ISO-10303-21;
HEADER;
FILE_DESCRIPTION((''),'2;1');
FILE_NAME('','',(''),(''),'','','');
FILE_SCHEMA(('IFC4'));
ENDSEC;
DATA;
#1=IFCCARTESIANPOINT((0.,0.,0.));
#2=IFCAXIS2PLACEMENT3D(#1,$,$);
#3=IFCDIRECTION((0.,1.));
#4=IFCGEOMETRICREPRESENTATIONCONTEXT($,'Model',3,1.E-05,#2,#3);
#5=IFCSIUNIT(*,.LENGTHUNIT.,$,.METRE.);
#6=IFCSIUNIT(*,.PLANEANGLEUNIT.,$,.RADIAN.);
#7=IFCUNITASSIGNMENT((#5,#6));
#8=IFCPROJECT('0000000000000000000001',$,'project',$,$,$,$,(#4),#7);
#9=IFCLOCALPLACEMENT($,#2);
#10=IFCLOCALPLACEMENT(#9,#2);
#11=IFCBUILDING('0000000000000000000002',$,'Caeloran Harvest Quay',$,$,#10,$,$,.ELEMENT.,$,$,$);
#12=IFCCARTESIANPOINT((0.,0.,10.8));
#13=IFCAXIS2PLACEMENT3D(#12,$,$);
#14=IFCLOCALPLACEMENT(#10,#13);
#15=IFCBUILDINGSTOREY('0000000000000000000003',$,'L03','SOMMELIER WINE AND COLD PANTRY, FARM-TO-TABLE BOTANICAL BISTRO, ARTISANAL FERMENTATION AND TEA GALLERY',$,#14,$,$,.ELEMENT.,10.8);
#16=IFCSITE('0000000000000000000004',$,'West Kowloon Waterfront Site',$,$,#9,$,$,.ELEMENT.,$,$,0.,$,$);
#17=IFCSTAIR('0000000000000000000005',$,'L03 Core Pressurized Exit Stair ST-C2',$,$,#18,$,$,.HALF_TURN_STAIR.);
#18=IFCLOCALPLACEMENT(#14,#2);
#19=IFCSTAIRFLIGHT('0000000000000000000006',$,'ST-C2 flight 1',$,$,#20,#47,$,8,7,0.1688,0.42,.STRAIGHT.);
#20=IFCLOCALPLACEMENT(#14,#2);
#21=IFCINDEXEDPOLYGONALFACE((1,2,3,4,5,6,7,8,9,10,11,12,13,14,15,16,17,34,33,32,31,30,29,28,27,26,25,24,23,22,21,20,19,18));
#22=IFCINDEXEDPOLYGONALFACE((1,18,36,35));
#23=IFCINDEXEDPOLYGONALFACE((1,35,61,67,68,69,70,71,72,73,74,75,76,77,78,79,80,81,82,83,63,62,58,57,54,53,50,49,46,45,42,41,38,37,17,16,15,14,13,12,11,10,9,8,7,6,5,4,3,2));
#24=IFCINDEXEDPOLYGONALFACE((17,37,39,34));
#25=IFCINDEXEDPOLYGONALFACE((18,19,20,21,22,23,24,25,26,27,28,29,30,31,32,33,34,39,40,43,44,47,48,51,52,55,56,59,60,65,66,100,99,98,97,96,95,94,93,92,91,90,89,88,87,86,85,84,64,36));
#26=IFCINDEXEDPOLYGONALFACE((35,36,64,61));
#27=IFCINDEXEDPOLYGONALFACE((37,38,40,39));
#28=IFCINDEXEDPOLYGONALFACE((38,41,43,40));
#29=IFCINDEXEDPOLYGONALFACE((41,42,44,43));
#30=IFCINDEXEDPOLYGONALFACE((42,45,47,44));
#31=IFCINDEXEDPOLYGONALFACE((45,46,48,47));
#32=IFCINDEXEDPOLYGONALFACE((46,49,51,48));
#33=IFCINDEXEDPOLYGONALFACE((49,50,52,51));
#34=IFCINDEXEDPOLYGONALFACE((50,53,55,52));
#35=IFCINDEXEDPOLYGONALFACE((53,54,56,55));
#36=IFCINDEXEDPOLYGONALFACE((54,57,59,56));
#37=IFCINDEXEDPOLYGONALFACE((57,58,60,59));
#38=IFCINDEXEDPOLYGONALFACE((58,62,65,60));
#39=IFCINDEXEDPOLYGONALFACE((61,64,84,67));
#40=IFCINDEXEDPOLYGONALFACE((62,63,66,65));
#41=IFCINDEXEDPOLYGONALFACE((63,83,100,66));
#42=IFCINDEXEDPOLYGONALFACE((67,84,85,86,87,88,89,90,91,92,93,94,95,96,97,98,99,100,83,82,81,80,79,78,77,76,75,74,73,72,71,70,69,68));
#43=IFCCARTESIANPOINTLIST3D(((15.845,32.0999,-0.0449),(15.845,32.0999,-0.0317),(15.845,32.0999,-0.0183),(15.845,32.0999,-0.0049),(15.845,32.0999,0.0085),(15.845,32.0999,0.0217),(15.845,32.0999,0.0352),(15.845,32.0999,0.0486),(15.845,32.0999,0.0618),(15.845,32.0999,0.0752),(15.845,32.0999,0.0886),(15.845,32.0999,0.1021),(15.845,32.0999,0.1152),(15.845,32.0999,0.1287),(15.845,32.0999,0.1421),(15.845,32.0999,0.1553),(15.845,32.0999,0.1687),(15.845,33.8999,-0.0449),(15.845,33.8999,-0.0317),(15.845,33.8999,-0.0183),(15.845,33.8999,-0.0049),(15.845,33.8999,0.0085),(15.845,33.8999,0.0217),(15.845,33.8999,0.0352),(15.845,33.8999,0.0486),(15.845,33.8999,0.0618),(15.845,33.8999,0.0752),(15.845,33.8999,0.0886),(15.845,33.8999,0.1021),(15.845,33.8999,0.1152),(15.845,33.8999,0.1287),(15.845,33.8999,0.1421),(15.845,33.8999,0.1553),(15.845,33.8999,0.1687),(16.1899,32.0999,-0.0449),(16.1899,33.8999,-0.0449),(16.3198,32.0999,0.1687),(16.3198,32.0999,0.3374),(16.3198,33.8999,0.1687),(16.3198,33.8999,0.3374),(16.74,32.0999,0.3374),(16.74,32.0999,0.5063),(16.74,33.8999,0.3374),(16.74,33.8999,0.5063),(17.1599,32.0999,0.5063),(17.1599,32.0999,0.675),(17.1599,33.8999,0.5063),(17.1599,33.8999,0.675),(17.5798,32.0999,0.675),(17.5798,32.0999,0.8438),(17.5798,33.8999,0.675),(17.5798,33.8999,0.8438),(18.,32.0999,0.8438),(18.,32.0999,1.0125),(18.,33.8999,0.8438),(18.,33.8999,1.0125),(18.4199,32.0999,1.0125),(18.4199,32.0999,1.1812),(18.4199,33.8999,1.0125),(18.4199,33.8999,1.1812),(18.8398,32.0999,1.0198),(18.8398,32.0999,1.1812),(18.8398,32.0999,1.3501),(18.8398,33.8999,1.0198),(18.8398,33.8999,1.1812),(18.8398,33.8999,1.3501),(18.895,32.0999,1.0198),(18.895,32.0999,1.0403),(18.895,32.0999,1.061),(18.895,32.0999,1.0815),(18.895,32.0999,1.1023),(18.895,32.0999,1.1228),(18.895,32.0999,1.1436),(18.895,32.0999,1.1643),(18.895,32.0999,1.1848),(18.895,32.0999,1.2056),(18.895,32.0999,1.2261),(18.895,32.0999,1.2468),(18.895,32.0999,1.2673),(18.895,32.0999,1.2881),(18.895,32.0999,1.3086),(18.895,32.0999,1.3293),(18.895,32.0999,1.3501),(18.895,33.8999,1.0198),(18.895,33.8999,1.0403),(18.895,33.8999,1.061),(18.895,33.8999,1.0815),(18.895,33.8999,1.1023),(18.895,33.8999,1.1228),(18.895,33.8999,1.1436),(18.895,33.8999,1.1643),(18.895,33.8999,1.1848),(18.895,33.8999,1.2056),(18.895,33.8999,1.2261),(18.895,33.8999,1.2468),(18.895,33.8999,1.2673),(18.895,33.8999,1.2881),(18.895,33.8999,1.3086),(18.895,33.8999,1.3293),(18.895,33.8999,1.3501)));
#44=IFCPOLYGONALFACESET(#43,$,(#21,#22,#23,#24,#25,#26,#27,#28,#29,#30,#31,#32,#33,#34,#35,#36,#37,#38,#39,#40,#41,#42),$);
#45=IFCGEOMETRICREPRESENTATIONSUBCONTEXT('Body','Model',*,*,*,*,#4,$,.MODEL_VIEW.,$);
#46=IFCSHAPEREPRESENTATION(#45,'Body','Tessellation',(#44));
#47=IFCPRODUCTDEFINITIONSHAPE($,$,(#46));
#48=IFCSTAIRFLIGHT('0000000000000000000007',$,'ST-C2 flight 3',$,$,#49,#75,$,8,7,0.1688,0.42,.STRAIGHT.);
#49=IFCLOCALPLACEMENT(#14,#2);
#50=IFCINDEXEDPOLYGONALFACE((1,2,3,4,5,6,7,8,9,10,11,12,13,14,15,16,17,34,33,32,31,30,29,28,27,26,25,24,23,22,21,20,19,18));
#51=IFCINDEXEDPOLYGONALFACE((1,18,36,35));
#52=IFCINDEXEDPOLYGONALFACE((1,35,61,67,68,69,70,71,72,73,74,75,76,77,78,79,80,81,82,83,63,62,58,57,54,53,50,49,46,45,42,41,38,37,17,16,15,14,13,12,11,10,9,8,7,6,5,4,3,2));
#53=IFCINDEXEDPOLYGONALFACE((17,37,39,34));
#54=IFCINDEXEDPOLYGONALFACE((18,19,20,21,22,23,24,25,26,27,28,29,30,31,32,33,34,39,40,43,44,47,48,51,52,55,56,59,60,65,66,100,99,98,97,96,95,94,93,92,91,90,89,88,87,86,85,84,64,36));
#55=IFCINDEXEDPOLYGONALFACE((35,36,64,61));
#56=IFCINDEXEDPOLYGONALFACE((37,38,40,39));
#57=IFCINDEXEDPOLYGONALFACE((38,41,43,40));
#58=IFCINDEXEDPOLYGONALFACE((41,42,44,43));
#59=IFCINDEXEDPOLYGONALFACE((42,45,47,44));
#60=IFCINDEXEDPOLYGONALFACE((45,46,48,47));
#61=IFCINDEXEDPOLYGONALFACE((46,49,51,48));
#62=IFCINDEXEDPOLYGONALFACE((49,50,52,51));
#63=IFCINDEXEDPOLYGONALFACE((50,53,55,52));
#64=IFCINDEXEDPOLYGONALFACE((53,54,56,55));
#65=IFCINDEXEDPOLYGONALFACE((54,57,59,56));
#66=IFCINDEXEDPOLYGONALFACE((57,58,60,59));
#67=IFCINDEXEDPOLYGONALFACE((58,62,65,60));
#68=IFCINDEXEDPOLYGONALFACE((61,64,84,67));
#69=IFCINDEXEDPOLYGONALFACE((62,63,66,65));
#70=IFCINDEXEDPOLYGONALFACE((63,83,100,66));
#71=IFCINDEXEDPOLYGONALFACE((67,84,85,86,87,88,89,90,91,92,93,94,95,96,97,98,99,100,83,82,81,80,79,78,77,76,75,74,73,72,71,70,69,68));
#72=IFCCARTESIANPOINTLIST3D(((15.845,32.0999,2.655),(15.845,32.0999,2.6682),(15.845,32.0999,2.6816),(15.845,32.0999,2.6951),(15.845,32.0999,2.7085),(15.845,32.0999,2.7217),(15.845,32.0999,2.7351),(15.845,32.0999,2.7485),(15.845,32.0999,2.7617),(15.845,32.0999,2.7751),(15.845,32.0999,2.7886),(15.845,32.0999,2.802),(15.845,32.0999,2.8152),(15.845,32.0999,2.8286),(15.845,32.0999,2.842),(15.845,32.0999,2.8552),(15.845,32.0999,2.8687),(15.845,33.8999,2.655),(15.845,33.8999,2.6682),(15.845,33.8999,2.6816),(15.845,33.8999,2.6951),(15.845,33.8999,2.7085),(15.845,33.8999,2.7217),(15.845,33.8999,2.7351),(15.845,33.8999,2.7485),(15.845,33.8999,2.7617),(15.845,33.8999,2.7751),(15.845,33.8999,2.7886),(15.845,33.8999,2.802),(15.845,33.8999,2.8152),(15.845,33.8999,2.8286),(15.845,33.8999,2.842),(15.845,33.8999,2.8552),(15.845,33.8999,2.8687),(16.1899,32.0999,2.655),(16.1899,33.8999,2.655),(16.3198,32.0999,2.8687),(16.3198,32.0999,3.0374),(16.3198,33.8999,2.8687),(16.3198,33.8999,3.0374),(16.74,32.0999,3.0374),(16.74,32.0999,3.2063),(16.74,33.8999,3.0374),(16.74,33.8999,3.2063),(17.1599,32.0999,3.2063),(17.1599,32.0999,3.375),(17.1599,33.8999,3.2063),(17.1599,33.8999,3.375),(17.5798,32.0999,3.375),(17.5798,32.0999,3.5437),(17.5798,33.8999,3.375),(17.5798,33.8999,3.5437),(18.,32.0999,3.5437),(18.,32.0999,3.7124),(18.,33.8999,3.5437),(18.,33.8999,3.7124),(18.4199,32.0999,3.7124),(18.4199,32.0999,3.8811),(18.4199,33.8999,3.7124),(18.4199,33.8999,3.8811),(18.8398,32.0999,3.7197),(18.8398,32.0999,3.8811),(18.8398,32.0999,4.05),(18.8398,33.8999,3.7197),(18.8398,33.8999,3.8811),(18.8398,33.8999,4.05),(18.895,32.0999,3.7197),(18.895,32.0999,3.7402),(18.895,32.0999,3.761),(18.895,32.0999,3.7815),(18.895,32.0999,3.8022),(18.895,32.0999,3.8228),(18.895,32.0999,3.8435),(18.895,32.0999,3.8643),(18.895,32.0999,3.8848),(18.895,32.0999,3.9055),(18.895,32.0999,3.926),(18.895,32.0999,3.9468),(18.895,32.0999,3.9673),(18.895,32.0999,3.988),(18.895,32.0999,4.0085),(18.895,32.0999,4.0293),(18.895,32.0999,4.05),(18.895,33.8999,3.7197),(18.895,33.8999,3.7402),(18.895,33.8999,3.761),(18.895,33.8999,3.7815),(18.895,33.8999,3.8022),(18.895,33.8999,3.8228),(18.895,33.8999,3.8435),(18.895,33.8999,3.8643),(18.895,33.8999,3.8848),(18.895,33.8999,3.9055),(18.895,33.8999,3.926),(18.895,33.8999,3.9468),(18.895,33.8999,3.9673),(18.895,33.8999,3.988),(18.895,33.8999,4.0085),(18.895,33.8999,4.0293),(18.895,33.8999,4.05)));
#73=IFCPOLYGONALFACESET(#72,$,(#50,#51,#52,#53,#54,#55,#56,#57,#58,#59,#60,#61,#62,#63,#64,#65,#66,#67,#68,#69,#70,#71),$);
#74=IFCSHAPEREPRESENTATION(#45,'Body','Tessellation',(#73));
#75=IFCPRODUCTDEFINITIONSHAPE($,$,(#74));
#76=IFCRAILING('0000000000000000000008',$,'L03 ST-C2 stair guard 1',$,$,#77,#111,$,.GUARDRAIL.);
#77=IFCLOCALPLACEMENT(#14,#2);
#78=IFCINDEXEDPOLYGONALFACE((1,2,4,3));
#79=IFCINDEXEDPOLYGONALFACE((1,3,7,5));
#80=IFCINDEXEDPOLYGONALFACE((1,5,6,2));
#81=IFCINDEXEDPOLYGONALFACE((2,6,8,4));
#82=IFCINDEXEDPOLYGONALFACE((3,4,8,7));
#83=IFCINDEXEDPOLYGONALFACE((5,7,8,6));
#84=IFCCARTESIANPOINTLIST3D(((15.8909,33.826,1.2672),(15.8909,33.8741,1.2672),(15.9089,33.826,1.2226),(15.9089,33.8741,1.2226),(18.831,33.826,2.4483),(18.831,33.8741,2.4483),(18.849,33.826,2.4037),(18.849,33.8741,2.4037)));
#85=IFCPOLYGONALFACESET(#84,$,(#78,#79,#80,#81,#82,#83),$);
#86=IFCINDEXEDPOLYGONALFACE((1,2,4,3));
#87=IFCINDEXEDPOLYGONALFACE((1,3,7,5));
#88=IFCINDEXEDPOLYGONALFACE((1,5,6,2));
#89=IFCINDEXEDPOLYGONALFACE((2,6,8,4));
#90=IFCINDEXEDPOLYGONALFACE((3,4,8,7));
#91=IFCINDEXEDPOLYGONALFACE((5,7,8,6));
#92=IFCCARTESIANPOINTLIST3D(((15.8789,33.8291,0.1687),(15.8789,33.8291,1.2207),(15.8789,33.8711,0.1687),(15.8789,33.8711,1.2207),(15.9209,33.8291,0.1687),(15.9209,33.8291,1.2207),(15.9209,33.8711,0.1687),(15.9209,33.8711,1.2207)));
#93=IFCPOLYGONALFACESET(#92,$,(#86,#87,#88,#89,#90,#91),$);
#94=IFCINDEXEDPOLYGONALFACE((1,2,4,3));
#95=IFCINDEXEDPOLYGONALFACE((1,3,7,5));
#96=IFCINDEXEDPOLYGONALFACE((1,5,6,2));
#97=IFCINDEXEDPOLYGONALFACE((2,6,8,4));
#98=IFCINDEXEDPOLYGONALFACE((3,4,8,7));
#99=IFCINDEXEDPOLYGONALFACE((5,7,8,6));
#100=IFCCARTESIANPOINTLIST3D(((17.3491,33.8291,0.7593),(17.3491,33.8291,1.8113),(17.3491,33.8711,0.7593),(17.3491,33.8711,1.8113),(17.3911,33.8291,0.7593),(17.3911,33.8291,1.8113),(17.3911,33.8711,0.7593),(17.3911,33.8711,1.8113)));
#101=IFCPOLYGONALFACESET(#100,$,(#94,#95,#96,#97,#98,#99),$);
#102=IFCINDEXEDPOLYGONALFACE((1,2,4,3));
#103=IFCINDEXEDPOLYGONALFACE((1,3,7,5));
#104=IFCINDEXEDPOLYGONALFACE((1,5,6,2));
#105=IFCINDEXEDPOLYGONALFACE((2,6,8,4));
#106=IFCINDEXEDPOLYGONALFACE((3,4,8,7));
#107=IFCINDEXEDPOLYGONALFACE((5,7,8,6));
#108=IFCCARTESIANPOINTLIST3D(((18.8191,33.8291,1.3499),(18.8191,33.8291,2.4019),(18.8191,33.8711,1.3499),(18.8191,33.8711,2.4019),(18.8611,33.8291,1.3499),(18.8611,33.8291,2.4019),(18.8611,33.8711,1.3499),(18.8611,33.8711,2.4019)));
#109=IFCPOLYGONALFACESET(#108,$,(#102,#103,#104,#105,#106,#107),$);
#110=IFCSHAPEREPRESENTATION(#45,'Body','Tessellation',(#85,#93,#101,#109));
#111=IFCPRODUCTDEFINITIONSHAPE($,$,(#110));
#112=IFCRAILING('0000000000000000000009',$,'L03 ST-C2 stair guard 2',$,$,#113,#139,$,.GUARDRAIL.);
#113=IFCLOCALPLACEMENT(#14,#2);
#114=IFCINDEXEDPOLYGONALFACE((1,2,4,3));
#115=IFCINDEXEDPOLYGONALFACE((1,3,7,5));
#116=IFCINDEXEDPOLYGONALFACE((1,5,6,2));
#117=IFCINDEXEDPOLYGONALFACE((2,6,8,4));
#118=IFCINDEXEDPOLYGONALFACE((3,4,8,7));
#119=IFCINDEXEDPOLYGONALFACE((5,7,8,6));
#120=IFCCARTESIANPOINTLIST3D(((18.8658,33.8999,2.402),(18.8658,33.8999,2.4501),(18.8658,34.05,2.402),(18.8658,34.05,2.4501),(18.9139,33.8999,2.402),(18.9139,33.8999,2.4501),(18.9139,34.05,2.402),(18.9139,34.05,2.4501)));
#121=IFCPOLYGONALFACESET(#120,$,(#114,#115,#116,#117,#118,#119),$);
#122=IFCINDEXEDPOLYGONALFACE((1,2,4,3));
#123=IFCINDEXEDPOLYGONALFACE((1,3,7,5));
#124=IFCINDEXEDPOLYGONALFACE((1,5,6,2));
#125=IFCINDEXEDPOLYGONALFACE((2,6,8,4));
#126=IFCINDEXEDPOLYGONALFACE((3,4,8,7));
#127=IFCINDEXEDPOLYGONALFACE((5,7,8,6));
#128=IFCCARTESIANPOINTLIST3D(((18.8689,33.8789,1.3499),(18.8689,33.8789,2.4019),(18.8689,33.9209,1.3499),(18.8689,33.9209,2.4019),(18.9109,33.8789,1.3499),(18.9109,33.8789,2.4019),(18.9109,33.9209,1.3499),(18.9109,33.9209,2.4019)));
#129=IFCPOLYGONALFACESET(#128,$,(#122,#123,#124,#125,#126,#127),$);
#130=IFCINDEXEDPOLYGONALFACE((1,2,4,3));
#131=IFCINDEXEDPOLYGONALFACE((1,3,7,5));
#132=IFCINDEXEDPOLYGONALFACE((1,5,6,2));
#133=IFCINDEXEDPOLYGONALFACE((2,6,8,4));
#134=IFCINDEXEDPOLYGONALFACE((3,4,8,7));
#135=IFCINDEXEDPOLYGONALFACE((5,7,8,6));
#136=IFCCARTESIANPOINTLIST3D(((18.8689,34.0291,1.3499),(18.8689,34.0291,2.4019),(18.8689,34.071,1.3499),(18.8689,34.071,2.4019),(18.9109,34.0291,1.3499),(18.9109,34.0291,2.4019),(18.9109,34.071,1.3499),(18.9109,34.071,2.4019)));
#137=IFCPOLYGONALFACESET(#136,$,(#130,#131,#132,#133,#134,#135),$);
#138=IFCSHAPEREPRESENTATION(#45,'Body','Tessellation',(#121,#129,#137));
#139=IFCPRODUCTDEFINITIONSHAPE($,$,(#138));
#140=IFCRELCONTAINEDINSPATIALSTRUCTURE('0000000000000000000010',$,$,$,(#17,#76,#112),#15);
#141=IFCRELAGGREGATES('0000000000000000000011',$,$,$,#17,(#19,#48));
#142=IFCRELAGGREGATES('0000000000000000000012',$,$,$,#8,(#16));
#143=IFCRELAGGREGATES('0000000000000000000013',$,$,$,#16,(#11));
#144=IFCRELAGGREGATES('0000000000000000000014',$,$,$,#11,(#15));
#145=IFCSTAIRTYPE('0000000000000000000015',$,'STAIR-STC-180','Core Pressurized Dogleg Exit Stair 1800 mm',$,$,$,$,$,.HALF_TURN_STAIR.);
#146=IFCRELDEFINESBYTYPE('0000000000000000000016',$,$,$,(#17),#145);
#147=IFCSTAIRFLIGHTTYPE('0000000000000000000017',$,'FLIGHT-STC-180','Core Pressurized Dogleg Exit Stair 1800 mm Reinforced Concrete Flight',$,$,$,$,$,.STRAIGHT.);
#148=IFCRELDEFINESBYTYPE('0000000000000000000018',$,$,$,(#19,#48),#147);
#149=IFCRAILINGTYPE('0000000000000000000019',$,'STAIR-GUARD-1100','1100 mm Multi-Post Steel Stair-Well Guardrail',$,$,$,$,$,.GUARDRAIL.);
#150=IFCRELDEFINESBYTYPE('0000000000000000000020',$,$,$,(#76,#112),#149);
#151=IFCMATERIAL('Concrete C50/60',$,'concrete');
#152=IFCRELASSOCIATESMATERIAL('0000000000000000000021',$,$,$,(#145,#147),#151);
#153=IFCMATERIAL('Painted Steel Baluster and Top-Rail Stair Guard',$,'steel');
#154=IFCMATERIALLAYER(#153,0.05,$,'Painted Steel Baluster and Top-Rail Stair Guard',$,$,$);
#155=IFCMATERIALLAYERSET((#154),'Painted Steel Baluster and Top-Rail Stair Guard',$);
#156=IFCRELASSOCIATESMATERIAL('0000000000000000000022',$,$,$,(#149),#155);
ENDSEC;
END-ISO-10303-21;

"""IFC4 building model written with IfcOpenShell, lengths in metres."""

from ifc_helpers import new_model, si_unit, direction, frame, origin, origin_2d, place, context, subcontext, project, spatial, polyline, rectangle, outline, extrude, material, layer, layer_set, type_object, element, aggregate, save


model = new_model("IFC4")

# Units and contexts
model_context = context("Model", 3, precision=1e-05, world=origin(), true_north=direction((0.0, 1.0)))
body_context = subcontext(model_context, "Body", "Model", "MODEL_VIEW")
ifc_project = project(units=[si_unit("LENGTHUNIT", "METRE"), si_unit("PLANEANGLEUNIT", "RADIAN")], contexts=[model_context])

# Site, building, storey
site_placement = place(None, origin())
site = spatial("IfcSite", under=ifc_project, at=site_placement, Name="West Kowloon Waterfront Site", CompositionType="ELEMENT", RefElevation=0.0)
building_placement = place(site_placement, origin())
building = spatial("IfcBuilding", under=site, at=building_placement, Name="Caeloran Harvest Quay", CompositionType="ELEMENT")
storey_placement = place(building_placement, frame((0.0, 0.0, 10.8)))
storey = spatial("IfcBuildingStorey", under=building, at=storey_placement, Name="L03", Description="SOMMELIER WINE AND COLD PANTRY, FARM-TO-TABLE BOTANICAL BISTRO, ARTISANAL FERMENTATION AND TEA GALLERY", CompositionType="ELEMENT", Elevation=10.8)

# Shared definitions
ifc_material_1 = material(Name="Concrete C50/60", Category="concrete")

# Stair, stair flights
stair_type = type_object("IfcStairType", Name="STAIR-STC-180", Description="Core Pressurized Dogleg Exit Stair 1800 mm", PredefinedType="HALF_TURN_STAIR", material=ifc_material_1)
stair_placement = place(storey_placement, origin())
stair = element("IfcStair", 1, at=stair_placement, inside=storey, type_object=stair_type, Name="L03 Core Pressurized Exit Stair ST-C2", PredefinedType="HALF_TURN_STAIR")
stair_flight_type = type_object("IfcStairFlightType", Name="FLIGHT-STC-180", Description="Core Pressurized Dogleg Exit Stair 1800 mm Reinforced Concrete Flight", PredefinedType="STRAIGHT", material=ifc_material_1)
stair_flight_1_placement = place(storey_placement, frame((15.8999, 33.0, 0.0), z_axis=(0.0, 0.0, 1.0), x_axis=(1.0, 0.0, 0.0)))
stair_flight_1 = element("IfcStairFlight", 2, at=stair_flight_1_placement, type_object=stair_flight_type, Name="ST-C2 flight 1", NumberOfRisers=8, NumberOfTreads=7, PredefinedType="STRAIGHT", RiserHeight=0.1688, TreadLength=0.42, context=body_context, shape_type="SweptSolid", body=[
    extrude(outline(polyline([(-0.0549, -0.0449), (-0.0549, -0.0317), (-0.0549, -0.0183), (-0.0549, -0.0049), (-0.0549, 0.0085), (-0.0549, 0.0217), (-0.0549, 0.0352), (-0.0549, 0.0486), (-0.0549, 0.0618), (-0.0549, 0.0752), (-0.0549, 0.0886), (-0.0549, 0.1021), (-0.0549, 0.1152), (-0.0549, 0.1287), (-0.0549, 0.1421), (-0.0549, 0.1553), (-0.0549, 0.1687), (0.4199, 0.1687), (0.4199, 0.3374), (0.8401, 0.3374), (0.8401, 0.5063), (1.26, 0.5063), (1.26, 0.675), (1.6799, 0.675), (1.6799, 0.8438), (2.1001, 0.8438), (2.1001, 1.0125), (2.52, 1.0125), (2.52, 1.1812), (2.9399, 1.1812), (2.9399, 1.3501), (2.9951, 1.3501), (2.9951, 1.3293), (2.9951, 1.3086), (2.9951, 1.2881), (2.9951, 1.2673), (2.9951, 1.2468), (2.9951, 1.2261), (2.9951, 1.2056), (2.9951, 1.1848), (2.9951, 1.1643), (2.9951, 1.1436), (2.9951, 1.1228), (2.9951, 1.1023), (2.9951, 1.0815), (2.9951, 1.061), (2.9951, 1.0403), (2.9951, 1.0198), (2.9399, 1.0198), (0.29, -0.0449), (-0.0549, -0.0449)])), frame((0.0, 0.8999, 0.0), z_axis=(0.0, -1.0, 0.0), x_axis=(1.0, 0.0, 0.0)), (0.0, 0.0, 1.0), 1.8),
])
stair_flight_2_placement = place(storey_placement, frame((15.8999, 33.0, 2.7), z_axis=(0.0, 0.0, 1.0), x_axis=(1.0, 0.0, 0.0)))
stair_flight_2 = element("IfcStairFlight", 3, at=stair_flight_2_placement, type_object=stair_flight_type, Name="ST-C2 flight 3", NumberOfRisers=8, NumberOfTreads=7, PredefinedType="STRAIGHT", RiserHeight=0.1688, TreadLength=0.42, context=body_context, shape_type="SweptSolid", body=[
    extrude(outline(polyline([(-0.0549, -0.0449), (-0.0549, -0.0317), (-0.0549, -0.0183), (-0.0549, -0.0049), (-0.0549, 0.0085), (-0.0549, 0.0217), (-0.0549, 0.0352), (-0.0549, 0.0486), (-0.0549, 0.0618), (-0.0549, 0.0752), (-0.0549, 0.0886), (-0.0549, 0.1021), (-0.0549, 0.1152), (-0.0549, 0.1287), (-0.0549, 0.1421), (-0.0549, 0.1553), (-0.0549, 0.1687), (0.4199, 0.1687), (0.4199, 0.3374), (0.8401, 0.3374), (0.8401, 0.5063), (1.26, 0.5063), (1.26, 0.675), (1.6799, 0.675), (1.6799, 0.8438), (2.1001, 0.8438), (2.1001, 1.0125), (2.52, 1.0125), (2.52, 1.1812), (2.9399, 1.1812), (2.9399, 1.3501), (2.9951, 1.3501), (2.9951, 1.3293), (2.9951, 1.3086), (2.9951, 1.2881), (2.9951, 1.2673), (2.9951, 1.2468), (2.9951, 1.2261), (2.9951, 1.2056), (2.9951, 1.1848), (2.9951, 1.1643), (2.9951, 1.1436), (2.9951, 1.1228), (2.9951, 1.1023), (2.9951, 1.0815), (2.9951, 1.061), (2.9951, 1.0403), (2.9951, 1.0198), (2.9399, 1.0198), (0.29, -0.0449), (-0.0549, -0.0449)])), frame((0.0, 0.8999, 0.0), z_axis=(0.0, -1.0, 0.0), x_axis=(1.0, 0.0, 0.0)), (0.0, 0.0, 1.0), 1.8),
])
aggregate(stair, [stair_flight_1, stair_flight_2])

# Railings
ifc_material_2 = material(Name="Painted Steel Baluster and Top-Rail Stair Guard", Category="steel")
ifc_layer_1 = layer(ifc_material_2, 0.05, Name="Painted Steel Baluster and Top-Rail Stair Guard")
ifc_layer_set_1 = layer_set([ifc_layer_1], Name="Painted Steel Baluster and Top-Rail Stair Guard")
railing_type_1 = type_object("IfcRailingType", Name="STAIR-GUARD-1100", Description="1100 mm Multi-Post Steel Stair-Well Guardrail", PredefinedType="GUARDRAIL", material=ifc_layer_set_1)
railing_1_placement = place(storey_placement, frame((15.8999, 33.8501, 0.1687)))
element("IfcRailing", 4, at=railing_1_placement, inside=storey, type_object=railing_type_1, Name="L03 ST-C2 stair guard 1", PredefinedType="GUARDRAIL", context=body_context, shape_type="SweptSolid", body=[
    extrude(rectangle(XDim=0.0481, YDim=0.0481, at=origin_2d()), frame((0.0, 0.0, 1.0762), z_axis=(0.927923, 0.0, 0.372772), x_axis=(0.0, 1.0, 0.0)), (0.0, 0.0, 1.0), 3.1685),
    extrude(rectangle(XDim=0.042, YDim=0.042, at=origin_2d()), origin(), (0.0, 0.0, 1.0), 1.052),
    extrude(rectangle(XDim=0.042, YDim=0.042, at=origin_2d()), frame((1.4702, 0.0, 0.5906)), (0.0, 0.0, 1.0), 1.052),
    extrude(rectangle(XDim=0.042, YDim=0.042, at=origin_2d()), frame((2.9402, 0.0, 1.1812)), (0.0, 0.0, 1.0), 1.052),
])
railing_2_placement = place(storey_placement, frame((18.8899, 33.8999, 1.3499)))
element("IfcRailing", 5, at=railing_2_placement, inside=storey, type_object=railing_type_1, Name="L03 ST-C2 stair guard 2", PredefinedType="GUARDRAIL", context=body_context, shape_type="SweptSolid", body=[
    extrude(rectangle(XDim=0.0481, YDim=0.0481, at=origin_2d()), frame((0.0, 0.0, 1.0762), z_axis=(0.0, 1.0, 0.0), x_axis=(-1.0, 0.0, 0.0)), (0.0, 0.0, 1.0), 0.1501),
    extrude(rectangle(XDim=0.042, YDim=0.042, at=origin_2d()), origin(), (0.0, 0.0, 1.0), 1.052),
    extrude(rectangle(XDim=0.042, YDim=0.042, at=origin_2d()), frame((0.0, 0.1501, 0.0)), (0.0, 0.0, 1.0), 1.052),
])

save(model, "model.ifc")
